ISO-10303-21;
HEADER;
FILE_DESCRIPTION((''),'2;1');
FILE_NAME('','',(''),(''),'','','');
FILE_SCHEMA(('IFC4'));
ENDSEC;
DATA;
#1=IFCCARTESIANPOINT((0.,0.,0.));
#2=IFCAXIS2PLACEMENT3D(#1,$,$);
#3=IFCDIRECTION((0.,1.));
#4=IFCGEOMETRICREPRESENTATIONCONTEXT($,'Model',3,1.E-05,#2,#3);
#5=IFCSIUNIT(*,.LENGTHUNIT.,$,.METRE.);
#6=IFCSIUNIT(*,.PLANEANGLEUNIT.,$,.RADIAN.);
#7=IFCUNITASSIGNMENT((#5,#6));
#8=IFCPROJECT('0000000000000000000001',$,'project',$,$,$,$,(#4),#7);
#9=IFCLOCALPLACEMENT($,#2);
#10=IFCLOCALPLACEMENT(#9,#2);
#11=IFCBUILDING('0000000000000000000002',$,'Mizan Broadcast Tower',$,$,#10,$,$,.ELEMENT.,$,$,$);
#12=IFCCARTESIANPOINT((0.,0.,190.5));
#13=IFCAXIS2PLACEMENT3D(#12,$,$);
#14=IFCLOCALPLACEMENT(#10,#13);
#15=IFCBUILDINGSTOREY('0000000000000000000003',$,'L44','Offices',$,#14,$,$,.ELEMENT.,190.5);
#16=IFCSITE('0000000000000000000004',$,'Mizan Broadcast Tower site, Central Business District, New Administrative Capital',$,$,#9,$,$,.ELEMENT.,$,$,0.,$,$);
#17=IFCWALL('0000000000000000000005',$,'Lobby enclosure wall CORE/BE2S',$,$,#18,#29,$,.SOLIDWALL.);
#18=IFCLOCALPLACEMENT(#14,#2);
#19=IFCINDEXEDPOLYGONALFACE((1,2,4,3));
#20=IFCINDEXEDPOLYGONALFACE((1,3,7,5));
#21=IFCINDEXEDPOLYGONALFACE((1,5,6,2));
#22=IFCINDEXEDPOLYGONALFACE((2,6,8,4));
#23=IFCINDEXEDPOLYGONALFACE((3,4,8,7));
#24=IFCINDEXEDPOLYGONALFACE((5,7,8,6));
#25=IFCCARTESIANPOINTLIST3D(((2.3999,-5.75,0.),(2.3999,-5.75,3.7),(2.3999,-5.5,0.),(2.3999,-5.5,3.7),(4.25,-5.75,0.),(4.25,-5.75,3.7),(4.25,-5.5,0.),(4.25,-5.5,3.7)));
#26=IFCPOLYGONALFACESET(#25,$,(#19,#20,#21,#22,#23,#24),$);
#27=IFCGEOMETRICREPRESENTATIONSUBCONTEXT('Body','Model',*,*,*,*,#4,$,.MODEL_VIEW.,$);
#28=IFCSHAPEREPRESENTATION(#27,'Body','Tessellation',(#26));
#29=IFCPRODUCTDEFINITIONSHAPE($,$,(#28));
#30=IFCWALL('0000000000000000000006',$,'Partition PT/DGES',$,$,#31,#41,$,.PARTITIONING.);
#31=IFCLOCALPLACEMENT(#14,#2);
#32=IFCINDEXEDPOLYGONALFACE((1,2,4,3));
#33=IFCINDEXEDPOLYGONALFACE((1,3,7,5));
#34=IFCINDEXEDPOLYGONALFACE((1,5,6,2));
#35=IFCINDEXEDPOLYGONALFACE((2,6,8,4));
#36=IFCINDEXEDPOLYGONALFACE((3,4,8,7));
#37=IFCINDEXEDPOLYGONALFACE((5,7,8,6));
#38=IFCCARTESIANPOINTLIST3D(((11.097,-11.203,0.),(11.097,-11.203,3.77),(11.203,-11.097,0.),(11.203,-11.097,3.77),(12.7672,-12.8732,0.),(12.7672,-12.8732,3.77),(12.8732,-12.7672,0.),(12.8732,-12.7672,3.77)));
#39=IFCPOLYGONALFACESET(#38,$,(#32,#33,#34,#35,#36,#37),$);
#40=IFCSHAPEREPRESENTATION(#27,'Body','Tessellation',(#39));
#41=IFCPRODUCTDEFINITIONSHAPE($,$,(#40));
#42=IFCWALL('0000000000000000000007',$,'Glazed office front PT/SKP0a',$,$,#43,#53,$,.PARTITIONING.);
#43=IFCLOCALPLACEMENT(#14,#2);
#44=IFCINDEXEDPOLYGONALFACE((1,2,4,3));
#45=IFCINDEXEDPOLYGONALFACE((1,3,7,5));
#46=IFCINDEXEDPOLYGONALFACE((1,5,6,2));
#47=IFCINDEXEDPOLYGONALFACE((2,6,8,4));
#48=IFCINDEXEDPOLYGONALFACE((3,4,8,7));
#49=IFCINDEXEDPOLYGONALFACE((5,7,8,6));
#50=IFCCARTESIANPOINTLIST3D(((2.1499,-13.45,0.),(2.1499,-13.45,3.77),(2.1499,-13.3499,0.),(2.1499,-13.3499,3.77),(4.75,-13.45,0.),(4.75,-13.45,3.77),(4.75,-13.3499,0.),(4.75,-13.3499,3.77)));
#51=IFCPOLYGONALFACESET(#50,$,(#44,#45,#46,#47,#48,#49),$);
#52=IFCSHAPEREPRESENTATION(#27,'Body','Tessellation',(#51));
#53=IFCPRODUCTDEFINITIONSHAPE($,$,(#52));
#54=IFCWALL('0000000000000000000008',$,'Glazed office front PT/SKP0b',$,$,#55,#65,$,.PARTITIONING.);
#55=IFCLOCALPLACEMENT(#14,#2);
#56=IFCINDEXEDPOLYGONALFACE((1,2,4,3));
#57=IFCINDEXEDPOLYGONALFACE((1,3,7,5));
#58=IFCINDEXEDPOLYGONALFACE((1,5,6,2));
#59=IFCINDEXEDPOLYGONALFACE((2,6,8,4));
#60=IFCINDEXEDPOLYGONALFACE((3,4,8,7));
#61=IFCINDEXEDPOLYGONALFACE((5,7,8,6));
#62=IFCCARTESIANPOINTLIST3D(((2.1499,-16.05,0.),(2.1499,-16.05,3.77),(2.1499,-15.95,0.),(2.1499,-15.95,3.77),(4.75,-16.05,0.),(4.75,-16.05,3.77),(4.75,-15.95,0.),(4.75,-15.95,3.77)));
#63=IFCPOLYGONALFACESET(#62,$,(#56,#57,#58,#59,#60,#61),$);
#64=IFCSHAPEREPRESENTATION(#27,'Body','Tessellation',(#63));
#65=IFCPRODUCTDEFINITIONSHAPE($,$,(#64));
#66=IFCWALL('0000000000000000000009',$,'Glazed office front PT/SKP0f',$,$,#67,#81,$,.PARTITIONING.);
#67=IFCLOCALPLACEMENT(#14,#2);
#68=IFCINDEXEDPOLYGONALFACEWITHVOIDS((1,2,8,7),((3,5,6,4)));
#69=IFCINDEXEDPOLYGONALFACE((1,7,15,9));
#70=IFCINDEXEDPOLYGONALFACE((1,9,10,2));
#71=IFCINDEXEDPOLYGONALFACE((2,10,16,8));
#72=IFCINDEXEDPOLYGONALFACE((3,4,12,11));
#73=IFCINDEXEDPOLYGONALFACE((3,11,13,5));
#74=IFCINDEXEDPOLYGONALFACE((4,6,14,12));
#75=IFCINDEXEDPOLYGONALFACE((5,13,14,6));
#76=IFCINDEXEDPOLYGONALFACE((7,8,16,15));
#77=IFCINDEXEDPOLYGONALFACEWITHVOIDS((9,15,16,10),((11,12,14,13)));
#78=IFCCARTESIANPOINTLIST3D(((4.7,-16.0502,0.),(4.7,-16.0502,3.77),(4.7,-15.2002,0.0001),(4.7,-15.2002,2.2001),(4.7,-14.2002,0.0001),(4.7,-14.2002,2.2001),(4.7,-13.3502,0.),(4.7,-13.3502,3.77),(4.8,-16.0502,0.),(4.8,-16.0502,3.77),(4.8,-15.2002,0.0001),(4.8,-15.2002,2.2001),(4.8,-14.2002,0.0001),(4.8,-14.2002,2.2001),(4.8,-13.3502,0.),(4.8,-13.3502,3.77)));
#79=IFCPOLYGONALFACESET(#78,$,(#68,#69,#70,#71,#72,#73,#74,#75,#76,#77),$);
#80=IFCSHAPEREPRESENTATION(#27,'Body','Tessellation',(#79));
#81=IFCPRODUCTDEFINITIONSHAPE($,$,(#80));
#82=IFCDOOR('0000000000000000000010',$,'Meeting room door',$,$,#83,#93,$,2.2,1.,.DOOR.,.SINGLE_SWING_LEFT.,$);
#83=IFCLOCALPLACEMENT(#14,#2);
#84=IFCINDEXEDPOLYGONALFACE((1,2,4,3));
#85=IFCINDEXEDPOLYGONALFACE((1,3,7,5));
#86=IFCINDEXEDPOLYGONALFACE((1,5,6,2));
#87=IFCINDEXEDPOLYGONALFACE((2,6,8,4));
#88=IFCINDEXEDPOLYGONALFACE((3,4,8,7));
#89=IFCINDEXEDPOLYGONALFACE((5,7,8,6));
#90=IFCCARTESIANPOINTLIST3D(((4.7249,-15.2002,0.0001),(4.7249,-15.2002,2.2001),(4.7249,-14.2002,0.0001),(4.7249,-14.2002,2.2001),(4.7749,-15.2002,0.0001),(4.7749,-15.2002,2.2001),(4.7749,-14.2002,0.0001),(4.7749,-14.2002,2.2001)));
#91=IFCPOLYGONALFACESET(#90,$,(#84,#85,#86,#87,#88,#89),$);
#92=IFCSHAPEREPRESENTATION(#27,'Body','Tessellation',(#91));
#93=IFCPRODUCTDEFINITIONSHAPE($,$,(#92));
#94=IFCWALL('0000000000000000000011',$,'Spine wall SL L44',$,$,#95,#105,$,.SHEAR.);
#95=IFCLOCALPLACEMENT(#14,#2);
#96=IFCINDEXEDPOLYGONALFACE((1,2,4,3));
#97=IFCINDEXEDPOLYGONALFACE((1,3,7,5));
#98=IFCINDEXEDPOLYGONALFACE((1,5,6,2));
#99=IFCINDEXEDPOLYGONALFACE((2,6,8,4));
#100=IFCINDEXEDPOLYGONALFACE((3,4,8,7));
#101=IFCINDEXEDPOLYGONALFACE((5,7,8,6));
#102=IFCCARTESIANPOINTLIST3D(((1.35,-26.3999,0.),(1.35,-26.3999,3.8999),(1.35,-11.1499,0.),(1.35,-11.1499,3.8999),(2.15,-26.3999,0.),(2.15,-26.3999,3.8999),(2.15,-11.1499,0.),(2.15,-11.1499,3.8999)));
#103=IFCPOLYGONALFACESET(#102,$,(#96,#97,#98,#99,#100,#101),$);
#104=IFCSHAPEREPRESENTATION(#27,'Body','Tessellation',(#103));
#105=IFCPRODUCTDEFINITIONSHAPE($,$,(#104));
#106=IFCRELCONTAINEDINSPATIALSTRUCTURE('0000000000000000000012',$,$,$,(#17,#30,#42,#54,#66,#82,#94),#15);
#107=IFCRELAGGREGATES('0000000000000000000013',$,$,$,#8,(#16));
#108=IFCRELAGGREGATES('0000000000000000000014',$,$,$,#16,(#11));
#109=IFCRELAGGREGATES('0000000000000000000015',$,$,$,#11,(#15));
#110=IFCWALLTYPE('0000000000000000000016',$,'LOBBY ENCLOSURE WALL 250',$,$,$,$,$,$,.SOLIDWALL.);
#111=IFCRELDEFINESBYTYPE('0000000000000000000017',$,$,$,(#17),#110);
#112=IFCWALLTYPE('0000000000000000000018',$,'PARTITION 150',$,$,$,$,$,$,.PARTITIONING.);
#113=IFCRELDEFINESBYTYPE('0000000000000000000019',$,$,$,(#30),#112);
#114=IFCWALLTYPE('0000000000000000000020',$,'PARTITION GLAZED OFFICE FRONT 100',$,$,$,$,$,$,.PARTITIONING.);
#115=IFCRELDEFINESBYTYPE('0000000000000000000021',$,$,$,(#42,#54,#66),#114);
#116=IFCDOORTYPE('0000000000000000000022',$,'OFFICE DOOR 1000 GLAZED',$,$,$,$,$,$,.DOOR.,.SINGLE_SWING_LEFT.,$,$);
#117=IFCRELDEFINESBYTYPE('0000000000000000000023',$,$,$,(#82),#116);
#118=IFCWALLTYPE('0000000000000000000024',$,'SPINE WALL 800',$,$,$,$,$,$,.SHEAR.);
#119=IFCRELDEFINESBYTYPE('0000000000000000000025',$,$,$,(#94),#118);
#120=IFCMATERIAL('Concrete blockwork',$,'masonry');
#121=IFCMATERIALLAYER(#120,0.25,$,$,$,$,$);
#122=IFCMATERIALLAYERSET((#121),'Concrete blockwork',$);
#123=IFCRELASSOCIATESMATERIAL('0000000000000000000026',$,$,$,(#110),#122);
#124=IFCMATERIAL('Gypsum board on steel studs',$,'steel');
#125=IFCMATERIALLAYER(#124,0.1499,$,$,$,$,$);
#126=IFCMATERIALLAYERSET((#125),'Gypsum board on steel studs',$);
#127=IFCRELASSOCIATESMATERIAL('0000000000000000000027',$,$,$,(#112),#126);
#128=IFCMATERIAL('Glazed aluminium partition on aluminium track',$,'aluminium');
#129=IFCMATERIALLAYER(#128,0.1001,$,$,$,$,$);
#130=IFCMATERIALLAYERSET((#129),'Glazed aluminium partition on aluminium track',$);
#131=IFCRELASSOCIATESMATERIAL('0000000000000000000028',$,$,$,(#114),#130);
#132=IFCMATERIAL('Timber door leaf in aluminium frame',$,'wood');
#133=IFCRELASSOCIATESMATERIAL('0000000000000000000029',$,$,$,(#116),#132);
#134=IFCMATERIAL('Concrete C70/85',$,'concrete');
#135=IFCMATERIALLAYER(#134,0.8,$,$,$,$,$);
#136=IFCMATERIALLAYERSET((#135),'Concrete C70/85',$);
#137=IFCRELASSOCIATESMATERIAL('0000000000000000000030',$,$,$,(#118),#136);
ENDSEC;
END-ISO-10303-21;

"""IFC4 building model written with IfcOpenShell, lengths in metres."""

from ifc_helpers import new_model, si_unit, direction, frame, frame_2d, origin, place, context, subcontext, project, spatial, rectangle, extrude, material, layer, layer_set, type_object, element, fill, save


model = new_model("IFC4")

# Units and contexts
model_context = context("Model", 3, precision=1e-05, world=origin(), true_north=direction((0.0, 1.0)))
body_context = subcontext(model_context, "Body", "Model", "MODEL_VIEW")
ifc_project = project(units=[si_unit("LENGTHUNIT", "METRE"), si_unit("PLANEANGLEUNIT", "RADIAN")], contexts=[model_context])

# Site, building, storey
site_placement = place(None, origin())
site = spatial("IfcSite", under=ifc_project, at=site_placement, Name="Mizan Broadcast Tower site, Central Business District, New Administrative Capital", CompositionType="ELEMENT", RefElevation=0.0)
building_placement = place(site_placement, origin())
building = spatial("IfcBuilding", under=site, at=building_placement, Name="Mizan Broadcast Tower", CompositionType="ELEMENT")
storey_placement = place(building_placement, frame((0.0, 0.0, 190.5)))
storey = spatial("IfcBuildingStorey", under=building, at=storey_placement, Name="L44", Description="Offices", CompositionType="ELEMENT", Elevation=190.5)

# Walls
ifc_material_1 = material(Name="Concrete blockwork", Category="masonry")
ifc_layer_1 = layer(ifc_material_1, 0.25)
ifc_layer_set_1 = layer_set([ifc_layer_1], Name="Concrete blockwork")
wall_type_1 = type_object("IfcWallType", Name="LOBBY ENCLOSURE WALL 250", PredefinedType="SOLIDWALL", material=ifc_layer_set_1)
wall_1_placement = place(storey_placement, frame((2.3999, -5.625, 0.0), z_axis=(0.0, 0.0, 1.0), x_axis=(1.0, 0.0, 0.0)))
element("IfcWall", 1, at=wall_1_placement, inside=storey, type_object=wall_type_1, Name="Lobby enclosure wall CORE/BE2S", PredefinedType="SOLIDWALL", context=body_context, shape_type="SweptSolid", body=[
    extrude(rectangle(XDim=1.8501, YDim=0.25, at=frame_2d((0.925, 0.0))), origin(), (0.0, 0.0, 1.0), 3.7),
])
ifc_material_2 = material(Name="Gypsum board on steel studs", Category="steel")
ifc_layer_2 = layer(ifc_material_2, 0.1499)
ifc_layer_set_2 = layer_set([ifc_layer_2], Name="Gypsum board on steel studs")
wall_type_2 = type_object("IfcWallType", Name="PARTITION 150", PredefinedType="PARTITIONING", material=ifc_layer_set_2)
wall_2_placement = place(storey_placement, frame((11.1499, -11.1499, 0.0), z_axis=(0.0, 0.0, 1.0), x_axis=(0.707107, -0.707107, 0.0)))
element("IfcWall", 2, at=wall_2_placement, inside=storey, type_object=wall_type_2, Name="Partition PT/DGES", PredefinedType="PARTITIONING", context=body_context, shape_type="SweptSolid", body=[
    extrude(rectangle(XDim=2.3621, YDim=0.1499, at=frame_2d((1.1812, 0.0))), origin(), (0.0, 0.0, 1.0), 3.77),
])
ifc_material_3 = material(Name="Glazed aluminium partition on aluminium track", Category="aluminium")
ifc_layer_3 = layer(ifc_material_3, 0.1001)
ifc_layer_set_3 = layer_set([ifc_layer_3], Name="Glazed aluminium partition on aluminium track")
wall_type_3 = type_object("IfcWallType", Name="PARTITION GLAZED OFFICE FRONT 100", PredefinedType="PARTITIONING", material=ifc_layer_set_3)
for number, where, z_axis, x_axis, name in (
    (3, (2.1499, -13.3999, 0.0), (0.0, 0.0, 1.0), (1.0, 0.0, 0.0), "Glazed office front PT/SKP0a"),
    (4, (2.1499, -16.0, 0.0), (0.0, 0.0, 1.0), (1.0, 0.0, 0.0), "Glazed office front PT/SKP0b"),
):
    element("IfcWall", number, at=place(storey_placement, frame(where, z_axis=z_axis, x_axis=x_axis)), inside=storey, type_object=wall_type_3, Name=name, PredefinedType="PARTITIONING", context=body_context, shape_type="SweptSolid", body=[
        extrude(rectangle(XDim=2.6001, YDim=0.1001, at=frame_2d((1.3, 0.0))), origin(), (0.0, 0.0, 1.0), 3.77),
    ])

# Wall, opening, door
wall_3_placement = place(storey_placement, frame((4.75, -13.3501, 0.0), z_axis=(0.0, 0.0, 1.0), x_axis=(0.0, -1.0, 0.0)))
wall_3 = element("IfcWall", 5, at=wall_3_placement, inside=storey, type_object=wall_type_3, Name="Glazed office front PT/SKP0f", PredefinedType="PARTITIONING", context=body_context, shape_type="SweptSolid", body=[
    extrude(rectangle(XDim=2.7, YDim=0.1001, at=frame_2d((1.3501, 0.0))), origin(), (0.0, 0.0, 1.0), 3.77),
])
opening_1_placement = place(wall_3_placement, frame((0.8501, 0.0, 0.0)))
opening_1 = element("IfcOpeningElement", 6, at=opening_1_placement, cuts=wall_3, PredefinedType="OPENING", context=body_context, shape_type="SweptSolid", body=[
    extrude(rectangle(XDim=1.0, YDim=2.2, at=frame_2d((0.5, 1.1001))), frame((0.0, 0.0601, 0.0), z_axis=(0.0, -1.0, 0.0), x_axis=(1.0, 0.0, 0.0)), (0.0, 0.0, 1.0), 0.1201),
])
ifc_material_4 = material(Name="Timber door leaf in aluminium frame", Category="wood")
door_type_1 = type_object("IfcDoorType", Name="OFFICE DOOR 1000 GLAZED", OperationType="SINGLE_SWING_LEFT", PredefinedType="DOOR", material=ifc_material_4)
door_1_placement = place(opening_1_placement, origin())
door_1 = element("IfcDoor", 7, at=door_1_placement, inside=storey, type_object=door_type_1, Name="Meeting room door", OperationType="SINGLE_SWING_LEFT", OverallHeight=2.2, OverallWidth=1.0, PredefinedType="DOOR", context=body_context, shape_type="SweptSolid", body=[
    extrude(rectangle(XDim=1.0, YDim=2.2, at=frame_2d((0.5, 1.1001))), frame((0.0, 0.0249, 0.0), z_axis=(0.0, -1.0, 0.0), x_axis=(1.0, 0.0, 0.0)), (0.0, 0.0, 1.0), 0.05),
])
fill(opening_1, door_1)

# Wall
ifc_material_5 = material(Name="Concrete C70/85", Category="concrete")
ifc_layer_4 = layer(ifc_material_5, 0.8)
ifc_layer_set_4 = layer_set([ifc_layer_4], Name="Concrete C70/85")
wall_type_4 = type_object("IfcWallType", Name="SPINE WALL 800", PredefinedType="SHEAR", material=ifc_layer_set_4)
wall_4_placement = place(storey_placement, frame((1.75, -11.1499, 0.0), z_axis=(0.0, 0.0, 1.0), x_axis=(0.0, -1.0, 0.0)))
element("IfcWall", 8, at=wall_4_placement, inside=storey, type_object=wall_type_4, Name="Spine wall SL L44", PredefinedType="SHEAR", context=body_context, shape_type="SweptSolid", body=[
    extrude(rectangle(XDim=15.25, YDim=0.8, at=frame_2d((7.625, 0.0))), origin(), (0.0, 0.0, 1.0), 3.8999),
])

save(model, "model.ifc")
